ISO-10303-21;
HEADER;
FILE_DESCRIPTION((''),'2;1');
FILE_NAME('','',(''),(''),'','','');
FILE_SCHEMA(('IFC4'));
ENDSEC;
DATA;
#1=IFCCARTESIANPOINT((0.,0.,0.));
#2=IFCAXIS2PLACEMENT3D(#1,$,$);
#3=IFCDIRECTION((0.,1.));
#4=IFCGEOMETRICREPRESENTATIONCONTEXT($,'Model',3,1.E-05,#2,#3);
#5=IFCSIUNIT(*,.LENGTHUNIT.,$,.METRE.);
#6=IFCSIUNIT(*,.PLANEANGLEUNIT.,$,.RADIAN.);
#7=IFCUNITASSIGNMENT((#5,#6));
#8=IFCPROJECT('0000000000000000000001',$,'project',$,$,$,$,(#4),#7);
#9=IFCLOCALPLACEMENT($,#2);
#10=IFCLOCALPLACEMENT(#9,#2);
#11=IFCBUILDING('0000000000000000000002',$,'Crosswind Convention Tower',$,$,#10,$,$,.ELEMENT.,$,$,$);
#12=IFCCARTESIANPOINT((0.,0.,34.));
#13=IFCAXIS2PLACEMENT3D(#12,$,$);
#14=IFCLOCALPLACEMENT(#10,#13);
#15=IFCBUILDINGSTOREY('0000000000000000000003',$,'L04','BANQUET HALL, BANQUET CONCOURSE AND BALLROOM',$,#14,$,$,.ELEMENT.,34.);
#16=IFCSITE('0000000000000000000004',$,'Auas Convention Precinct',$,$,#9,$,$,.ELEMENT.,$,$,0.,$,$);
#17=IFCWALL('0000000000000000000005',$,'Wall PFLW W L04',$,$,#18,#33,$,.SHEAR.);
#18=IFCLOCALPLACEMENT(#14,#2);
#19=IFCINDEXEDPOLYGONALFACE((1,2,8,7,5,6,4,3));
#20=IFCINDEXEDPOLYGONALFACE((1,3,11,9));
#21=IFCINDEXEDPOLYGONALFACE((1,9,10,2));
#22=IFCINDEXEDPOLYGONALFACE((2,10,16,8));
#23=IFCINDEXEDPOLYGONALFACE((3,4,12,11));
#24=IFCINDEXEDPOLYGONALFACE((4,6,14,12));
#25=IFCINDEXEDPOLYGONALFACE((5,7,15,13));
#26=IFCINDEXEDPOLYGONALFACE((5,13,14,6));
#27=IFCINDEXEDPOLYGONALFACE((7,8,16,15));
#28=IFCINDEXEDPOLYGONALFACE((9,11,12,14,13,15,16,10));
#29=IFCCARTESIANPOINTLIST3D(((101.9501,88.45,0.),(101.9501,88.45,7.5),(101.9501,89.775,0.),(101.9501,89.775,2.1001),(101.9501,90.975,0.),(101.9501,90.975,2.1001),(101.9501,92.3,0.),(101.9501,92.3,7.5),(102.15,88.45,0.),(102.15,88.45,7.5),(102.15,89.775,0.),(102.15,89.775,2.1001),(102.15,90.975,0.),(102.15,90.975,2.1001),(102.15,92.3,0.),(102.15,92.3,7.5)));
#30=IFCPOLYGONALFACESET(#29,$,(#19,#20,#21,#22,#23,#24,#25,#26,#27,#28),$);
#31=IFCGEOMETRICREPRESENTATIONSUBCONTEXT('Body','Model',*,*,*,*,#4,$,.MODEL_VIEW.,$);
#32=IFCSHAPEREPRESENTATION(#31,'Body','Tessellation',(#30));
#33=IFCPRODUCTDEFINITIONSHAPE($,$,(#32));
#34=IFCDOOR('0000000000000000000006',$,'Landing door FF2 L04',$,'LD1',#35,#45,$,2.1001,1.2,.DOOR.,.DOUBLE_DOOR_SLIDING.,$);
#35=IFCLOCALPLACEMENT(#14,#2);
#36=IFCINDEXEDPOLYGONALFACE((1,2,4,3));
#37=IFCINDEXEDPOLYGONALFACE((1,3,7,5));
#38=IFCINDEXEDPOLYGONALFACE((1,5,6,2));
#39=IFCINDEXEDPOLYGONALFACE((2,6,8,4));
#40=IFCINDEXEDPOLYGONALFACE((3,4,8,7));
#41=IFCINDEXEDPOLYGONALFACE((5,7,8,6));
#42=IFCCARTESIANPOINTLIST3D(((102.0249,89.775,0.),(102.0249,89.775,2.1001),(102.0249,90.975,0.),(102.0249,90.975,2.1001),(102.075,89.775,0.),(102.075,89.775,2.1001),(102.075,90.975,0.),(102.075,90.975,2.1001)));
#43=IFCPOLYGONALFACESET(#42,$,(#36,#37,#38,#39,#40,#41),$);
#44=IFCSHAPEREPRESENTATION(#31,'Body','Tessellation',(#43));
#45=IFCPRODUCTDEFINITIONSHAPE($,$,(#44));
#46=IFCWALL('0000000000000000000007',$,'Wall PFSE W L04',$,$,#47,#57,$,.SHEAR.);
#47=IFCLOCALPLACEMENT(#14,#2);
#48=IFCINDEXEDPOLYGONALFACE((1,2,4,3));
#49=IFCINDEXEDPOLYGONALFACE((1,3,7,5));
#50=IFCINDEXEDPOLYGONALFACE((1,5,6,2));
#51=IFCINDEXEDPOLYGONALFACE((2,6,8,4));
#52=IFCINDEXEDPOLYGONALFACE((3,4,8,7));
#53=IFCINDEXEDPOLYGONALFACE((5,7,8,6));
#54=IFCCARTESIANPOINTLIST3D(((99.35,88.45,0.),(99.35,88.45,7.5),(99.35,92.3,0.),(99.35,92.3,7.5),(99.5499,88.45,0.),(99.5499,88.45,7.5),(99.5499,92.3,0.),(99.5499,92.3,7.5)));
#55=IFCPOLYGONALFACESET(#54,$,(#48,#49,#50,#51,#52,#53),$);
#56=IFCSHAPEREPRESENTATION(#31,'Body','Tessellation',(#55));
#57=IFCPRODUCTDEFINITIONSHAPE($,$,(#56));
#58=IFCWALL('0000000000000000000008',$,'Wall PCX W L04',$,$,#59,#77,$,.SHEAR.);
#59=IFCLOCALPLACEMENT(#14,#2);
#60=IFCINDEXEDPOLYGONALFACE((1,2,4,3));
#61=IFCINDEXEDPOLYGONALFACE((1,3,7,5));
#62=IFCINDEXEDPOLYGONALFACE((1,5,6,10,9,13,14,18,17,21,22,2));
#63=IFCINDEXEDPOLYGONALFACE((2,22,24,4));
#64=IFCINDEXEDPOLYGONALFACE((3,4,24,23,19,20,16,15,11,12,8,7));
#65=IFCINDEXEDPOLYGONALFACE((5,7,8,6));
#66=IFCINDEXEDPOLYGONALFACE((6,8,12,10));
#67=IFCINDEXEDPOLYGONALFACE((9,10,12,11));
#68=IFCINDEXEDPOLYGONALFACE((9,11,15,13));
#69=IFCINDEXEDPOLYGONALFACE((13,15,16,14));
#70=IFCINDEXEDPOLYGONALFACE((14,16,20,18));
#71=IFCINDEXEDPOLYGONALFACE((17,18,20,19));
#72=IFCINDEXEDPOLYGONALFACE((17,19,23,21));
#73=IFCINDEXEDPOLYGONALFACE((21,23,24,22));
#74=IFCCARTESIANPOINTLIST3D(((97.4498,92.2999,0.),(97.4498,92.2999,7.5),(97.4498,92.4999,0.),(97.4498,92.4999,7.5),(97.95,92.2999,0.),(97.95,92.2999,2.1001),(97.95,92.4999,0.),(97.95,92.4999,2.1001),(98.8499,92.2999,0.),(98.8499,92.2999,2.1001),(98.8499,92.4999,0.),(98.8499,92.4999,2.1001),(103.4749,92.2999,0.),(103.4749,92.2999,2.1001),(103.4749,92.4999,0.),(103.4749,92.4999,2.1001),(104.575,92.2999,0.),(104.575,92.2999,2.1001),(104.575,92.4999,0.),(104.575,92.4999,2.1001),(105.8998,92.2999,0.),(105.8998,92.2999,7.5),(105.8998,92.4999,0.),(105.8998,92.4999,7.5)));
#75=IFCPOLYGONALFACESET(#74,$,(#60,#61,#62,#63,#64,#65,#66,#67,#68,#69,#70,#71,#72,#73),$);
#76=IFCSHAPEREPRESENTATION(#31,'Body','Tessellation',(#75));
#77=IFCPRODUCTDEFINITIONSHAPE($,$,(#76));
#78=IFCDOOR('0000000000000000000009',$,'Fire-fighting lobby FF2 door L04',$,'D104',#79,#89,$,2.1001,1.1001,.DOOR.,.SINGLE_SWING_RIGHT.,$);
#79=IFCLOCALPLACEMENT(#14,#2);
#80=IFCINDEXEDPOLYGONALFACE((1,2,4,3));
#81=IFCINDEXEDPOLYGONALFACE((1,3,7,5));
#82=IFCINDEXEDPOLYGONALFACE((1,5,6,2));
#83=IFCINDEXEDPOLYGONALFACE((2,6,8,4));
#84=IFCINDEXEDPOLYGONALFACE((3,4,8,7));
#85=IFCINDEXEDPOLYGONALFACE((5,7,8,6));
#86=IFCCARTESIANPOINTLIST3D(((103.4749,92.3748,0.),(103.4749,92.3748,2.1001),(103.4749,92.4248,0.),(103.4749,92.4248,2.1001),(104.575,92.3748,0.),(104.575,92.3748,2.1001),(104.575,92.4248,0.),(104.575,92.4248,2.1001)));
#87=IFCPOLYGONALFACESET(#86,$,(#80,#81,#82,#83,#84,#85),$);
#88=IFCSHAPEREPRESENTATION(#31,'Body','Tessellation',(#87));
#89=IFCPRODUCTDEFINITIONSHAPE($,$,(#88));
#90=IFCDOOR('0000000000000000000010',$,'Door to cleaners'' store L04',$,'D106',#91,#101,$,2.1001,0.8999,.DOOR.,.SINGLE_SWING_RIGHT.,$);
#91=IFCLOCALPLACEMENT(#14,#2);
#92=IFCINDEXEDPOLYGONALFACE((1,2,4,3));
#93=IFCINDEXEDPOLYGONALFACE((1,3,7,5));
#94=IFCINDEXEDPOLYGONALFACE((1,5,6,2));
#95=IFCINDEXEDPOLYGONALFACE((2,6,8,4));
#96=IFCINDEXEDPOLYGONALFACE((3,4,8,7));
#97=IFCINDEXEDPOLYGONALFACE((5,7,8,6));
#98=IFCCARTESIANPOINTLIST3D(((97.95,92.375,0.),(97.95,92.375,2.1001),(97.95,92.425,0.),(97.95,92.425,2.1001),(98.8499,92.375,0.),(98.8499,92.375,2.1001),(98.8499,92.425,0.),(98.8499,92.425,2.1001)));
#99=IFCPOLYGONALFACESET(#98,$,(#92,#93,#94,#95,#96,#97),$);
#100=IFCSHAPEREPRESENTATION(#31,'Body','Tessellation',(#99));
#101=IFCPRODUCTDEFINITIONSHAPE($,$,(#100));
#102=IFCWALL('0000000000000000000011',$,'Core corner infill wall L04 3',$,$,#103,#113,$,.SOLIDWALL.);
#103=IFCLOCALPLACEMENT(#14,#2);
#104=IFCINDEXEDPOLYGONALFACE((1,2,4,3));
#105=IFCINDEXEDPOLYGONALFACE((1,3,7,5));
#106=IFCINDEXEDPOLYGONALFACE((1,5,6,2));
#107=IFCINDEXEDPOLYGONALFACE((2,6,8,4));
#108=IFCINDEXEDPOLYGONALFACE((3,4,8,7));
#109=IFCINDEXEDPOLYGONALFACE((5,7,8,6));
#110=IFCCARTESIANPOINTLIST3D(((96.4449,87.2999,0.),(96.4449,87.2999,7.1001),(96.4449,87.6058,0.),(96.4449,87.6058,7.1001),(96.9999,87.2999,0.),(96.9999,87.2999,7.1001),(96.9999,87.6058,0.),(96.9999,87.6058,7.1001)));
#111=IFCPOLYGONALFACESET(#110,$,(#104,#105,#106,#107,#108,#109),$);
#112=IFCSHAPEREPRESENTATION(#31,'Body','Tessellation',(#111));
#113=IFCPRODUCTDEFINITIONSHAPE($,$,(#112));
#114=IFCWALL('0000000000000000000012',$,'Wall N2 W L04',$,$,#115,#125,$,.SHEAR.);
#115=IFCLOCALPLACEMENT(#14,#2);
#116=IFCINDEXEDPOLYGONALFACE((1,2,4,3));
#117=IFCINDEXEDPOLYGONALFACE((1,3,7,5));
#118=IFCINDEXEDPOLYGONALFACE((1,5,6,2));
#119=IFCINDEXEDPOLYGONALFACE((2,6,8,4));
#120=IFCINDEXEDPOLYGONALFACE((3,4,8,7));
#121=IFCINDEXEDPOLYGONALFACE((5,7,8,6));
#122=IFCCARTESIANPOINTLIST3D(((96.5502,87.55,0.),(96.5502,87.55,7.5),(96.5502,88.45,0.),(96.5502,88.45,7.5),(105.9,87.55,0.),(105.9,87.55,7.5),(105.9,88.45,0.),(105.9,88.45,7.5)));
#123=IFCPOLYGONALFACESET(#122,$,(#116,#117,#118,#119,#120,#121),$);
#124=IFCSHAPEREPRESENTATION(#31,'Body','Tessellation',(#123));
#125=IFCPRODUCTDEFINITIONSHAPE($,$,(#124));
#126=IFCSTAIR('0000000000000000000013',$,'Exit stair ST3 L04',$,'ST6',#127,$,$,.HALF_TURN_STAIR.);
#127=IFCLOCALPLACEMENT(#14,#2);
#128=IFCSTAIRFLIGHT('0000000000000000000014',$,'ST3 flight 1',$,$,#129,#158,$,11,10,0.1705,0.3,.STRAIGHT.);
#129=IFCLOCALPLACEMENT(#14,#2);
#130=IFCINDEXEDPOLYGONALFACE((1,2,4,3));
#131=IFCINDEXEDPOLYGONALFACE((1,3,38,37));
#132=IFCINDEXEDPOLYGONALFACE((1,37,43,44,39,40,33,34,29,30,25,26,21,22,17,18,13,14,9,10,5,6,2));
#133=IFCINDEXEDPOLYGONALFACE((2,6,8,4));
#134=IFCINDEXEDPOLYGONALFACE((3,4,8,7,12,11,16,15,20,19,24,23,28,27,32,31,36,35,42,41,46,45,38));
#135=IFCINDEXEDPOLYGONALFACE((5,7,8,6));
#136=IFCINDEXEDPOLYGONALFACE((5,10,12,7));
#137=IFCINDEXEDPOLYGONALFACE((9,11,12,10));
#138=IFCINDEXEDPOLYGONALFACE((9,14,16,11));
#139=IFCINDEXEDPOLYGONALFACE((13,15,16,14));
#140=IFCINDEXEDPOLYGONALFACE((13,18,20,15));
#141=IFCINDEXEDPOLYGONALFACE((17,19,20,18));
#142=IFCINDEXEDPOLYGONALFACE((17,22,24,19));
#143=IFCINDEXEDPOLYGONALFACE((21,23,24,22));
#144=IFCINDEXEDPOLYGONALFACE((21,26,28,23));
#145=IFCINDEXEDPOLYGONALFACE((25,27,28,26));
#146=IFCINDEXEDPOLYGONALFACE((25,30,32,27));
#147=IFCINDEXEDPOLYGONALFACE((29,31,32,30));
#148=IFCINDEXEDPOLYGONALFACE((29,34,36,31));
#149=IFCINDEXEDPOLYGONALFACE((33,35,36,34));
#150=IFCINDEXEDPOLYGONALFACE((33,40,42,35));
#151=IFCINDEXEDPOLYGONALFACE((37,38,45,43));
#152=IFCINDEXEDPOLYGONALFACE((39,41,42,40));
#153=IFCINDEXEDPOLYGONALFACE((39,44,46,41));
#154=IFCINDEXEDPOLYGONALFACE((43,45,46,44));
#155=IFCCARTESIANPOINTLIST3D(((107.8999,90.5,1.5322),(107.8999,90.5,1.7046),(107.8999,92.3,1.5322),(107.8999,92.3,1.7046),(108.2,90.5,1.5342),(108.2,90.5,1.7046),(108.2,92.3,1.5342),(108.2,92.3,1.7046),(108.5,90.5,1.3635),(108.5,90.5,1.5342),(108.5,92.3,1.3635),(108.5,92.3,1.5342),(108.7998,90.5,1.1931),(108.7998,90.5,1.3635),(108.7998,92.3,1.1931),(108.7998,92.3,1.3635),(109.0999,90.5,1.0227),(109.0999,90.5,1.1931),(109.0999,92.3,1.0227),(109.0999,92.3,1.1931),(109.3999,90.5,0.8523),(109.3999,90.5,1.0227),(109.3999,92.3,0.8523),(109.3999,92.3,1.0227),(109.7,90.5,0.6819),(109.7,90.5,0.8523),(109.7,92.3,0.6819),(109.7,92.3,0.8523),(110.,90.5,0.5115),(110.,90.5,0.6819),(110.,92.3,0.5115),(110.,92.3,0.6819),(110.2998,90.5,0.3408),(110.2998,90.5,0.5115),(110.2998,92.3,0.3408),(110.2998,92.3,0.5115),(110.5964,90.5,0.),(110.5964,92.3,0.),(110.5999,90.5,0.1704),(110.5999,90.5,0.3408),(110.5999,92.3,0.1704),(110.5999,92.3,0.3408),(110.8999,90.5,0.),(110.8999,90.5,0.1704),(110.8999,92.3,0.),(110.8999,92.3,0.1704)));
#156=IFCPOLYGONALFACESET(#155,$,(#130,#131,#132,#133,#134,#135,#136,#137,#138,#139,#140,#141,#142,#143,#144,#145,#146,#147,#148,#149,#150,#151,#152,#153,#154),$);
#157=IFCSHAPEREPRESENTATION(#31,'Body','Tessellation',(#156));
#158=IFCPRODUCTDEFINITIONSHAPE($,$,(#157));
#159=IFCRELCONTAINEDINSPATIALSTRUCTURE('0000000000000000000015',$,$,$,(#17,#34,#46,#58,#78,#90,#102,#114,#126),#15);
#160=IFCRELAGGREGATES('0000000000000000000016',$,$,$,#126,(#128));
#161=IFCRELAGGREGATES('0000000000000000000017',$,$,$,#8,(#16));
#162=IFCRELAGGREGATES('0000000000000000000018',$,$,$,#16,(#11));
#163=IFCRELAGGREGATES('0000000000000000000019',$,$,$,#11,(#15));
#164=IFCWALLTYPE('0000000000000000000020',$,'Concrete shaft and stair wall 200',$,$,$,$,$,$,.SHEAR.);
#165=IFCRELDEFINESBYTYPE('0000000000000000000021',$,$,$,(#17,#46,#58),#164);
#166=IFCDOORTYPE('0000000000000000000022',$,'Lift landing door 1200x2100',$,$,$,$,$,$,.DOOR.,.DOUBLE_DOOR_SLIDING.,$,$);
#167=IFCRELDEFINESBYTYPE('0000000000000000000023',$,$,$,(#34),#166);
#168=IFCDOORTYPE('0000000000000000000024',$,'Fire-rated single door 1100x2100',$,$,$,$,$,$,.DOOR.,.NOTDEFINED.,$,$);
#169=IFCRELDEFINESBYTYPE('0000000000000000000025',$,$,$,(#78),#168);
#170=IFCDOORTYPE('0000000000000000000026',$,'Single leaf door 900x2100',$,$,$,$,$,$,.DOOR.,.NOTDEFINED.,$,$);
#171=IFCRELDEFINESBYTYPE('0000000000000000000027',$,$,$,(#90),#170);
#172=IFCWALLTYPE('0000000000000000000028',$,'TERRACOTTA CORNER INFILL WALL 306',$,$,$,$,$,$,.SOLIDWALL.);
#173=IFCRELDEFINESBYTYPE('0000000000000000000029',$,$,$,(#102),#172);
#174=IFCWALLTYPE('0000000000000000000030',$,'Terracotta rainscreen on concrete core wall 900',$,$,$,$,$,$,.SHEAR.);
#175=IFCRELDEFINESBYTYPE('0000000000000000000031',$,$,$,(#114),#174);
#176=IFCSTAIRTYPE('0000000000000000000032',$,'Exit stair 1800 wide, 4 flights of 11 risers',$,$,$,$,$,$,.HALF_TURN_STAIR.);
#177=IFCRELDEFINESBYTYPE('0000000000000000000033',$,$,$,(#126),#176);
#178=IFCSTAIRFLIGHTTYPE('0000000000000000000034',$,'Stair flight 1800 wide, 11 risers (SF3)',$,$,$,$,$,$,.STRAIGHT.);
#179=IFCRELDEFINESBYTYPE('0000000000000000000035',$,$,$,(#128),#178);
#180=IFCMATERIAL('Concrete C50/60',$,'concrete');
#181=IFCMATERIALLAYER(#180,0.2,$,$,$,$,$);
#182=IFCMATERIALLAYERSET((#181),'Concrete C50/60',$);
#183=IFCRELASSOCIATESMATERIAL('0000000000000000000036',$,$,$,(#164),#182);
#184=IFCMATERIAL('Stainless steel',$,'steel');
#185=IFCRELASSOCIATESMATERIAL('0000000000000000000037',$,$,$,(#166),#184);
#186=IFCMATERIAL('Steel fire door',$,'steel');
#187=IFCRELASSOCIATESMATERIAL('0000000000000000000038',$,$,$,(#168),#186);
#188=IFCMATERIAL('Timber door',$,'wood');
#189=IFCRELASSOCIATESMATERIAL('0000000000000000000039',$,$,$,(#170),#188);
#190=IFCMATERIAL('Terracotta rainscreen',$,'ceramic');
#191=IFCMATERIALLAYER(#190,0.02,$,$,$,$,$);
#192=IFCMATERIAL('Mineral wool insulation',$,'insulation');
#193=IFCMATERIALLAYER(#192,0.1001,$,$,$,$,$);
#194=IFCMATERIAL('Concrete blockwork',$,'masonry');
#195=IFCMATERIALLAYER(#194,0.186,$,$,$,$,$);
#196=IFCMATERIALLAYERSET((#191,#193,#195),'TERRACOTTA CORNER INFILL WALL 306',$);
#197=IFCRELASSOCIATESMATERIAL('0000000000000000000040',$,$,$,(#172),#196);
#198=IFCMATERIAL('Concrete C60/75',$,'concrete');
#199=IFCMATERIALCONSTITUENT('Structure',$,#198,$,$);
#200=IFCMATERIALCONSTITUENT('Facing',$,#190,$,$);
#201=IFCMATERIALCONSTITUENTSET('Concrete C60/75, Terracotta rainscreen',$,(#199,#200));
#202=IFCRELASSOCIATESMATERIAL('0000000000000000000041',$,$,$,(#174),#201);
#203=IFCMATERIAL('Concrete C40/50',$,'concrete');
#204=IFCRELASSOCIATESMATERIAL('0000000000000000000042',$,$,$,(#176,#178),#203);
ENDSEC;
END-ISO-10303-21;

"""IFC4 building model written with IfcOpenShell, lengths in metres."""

from ifc_helpers import new_model, si_unit, direction, frame, frame_2d, origin, place, context, subcontext, project, spatial, polyline, rectangle, outline, extrude, material, layer, layer_set, constituent, constituent_set, type_object, element, fill, aggregate, save


model = new_model("IFC4")

# Units and contexts
model_context = context("Model", 3, precision=1e-05, world=origin(), true_north=direction((0.0, 1.0)))
body_context = subcontext(model_context, "Body", "Model", "MODEL_VIEW")
ifc_project = project(units=[si_unit("LENGTHUNIT", "METRE"), si_unit("PLANEANGLEUNIT", "RADIAN")], contexts=[model_context])

# Site, building, storey
site_placement = place(None, origin())
site = spatial("IfcSite", under=ifc_project, at=site_placement, Name="Auas Convention Precinct", CompositionType="ELEMENT", RefElevation=0.0)
building_placement = place(site_placement, origin())
building = spatial("IfcBuilding", under=site, at=building_placement, Name="Crosswind Convention Tower", CompositionType="ELEMENT")
storey_placement = place(building_placement, frame((0.0, 0.0, 34.0)))
storey = spatial("IfcBuildingStorey", under=building, at=storey_placement, Name="L04", Description="BANQUET HALL, BANQUET CONCOURSE AND BALLROOM", CompositionType="ELEMENT", Elevation=34.0)

# Shared definitions
ifc_material_1 = material(Name="Concrete C50/60", Category="concrete")
ifc_layer_1 = layer(ifc_material_1, 0.2)
ifc_layer_set_1 = layer_set([ifc_layer_1], Name="Concrete C50/60")
wall_type_1 = type_object("IfcWallType", Name="Concrete shaft and stair wall 200", PredefinedType="SHEAR", material=ifc_layer_set_1)

# Wall, opening, door
wall_1_placement = place(storey_placement, frame((102.05, 92.3, 0.0), z_axis=(0.0, 0.0, 1.0), x_axis=(0.0, -1.0, 0.0)))
wall_1 = element("IfcWall", 1, at=wall_1_placement, inside=storey, type_object=wall_type_1, Name="Wall PFLW W L04", PredefinedType="SHEAR", context=body_context, shape_type="SweptSolid", body=[
    extrude(rectangle(XDim=3.8501, YDim=0.2, at=frame_2d((1.925, 0.0))), origin(), (0.0, 0.0, 1.0), 7.5),
])
opening_1_placement = place(wall_1_placement, frame((1.325, 0.0, 0.0)))
opening_1 = element("IfcOpeningElement", 2, at=opening_1_placement, cuts=wall_1, PredefinedType="OPENING", context=body_context, shape_type="SweptSolid", body=[
    extrude(rectangle(XDim=1.2, YDim=2.1001, at=frame_2d((0.6001, 1.05))), frame((0.0, 0.1099, 0.0), z_axis=(0.0, -1.0, 0.0), x_axis=(1.0, 0.0, 0.0)), (0.0, 0.0, 1.0), 0.22),
])
ifc_material_2 = material(Name="Stainless steel", Category="steel")
door_type_1 = type_object("IfcDoorType", Name="Lift landing door 1200x2100", OperationType="DOUBLE_DOOR_SLIDING", PredefinedType="DOOR", material=ifc_material_2)
door_1_placement = place(opening_1_placement, origin())
door_1 = element("IfcDoor", 3, at=door_1_placement, inside=storey, type_object=door_type_1, Name="Landing door FF2 L04", ObjectType="LD1", OperationType="DOUBLE_DOOR_SLIDING", OverallHeight=2.1001, OverallWidth=1.2, PredefinedType="DOOR", context=body_context, shape_type="SweptSolid", body=[
    extrude(rectangle(XDim=1.2, YDim=2.1001, at=frame_2d((0.6001, 1.05))), frame((0.0, 0.0249, 0.0), z_axis=(0.0, -1.0, 0.0), x_axis=(1.0, 0.0, 0.0)), (0.0, 0.0, 1.0), 0.05),
])
fill(opening_1, door_1)

# Wall
wall_2_placement = place(storey_placement, frame((99.45, 92.3, 0.0), z_axis=(0.0, 0.0, 1.0), x_axis=(0.0, -1.0, 0.0)))
element("IfcWall", 4, at=wall_2_placement, inside=storey, type_object=wall_type_1, Name="Wall PFSE W L04", PredefinedType="SHEAR", context=body_context, shape_type="SweptSolid", body=[
    extrude(rectangle(XDim=3.8501, YDim=0.2, at=frame_2d((1.925, 0.0))), origin(), (0.0, 0.0, 1.0), 7.5),
])

# Wall, openings, doors
wall_3_placement = place(storey_placement, frame((105.8999, 92.3999, 0.0), z_axis=(0.0, 0.0, 1.0), x_axis=(-1.0, 0.0, 0.0)))
wall_3 = element("IfcWall", 5, at=wall_3_placement, inside=storey, type_object=wall_type_1, Name="Wall PCX W L04", PredefinedType="SHEAR", context=body_context, shape_type="SweptSolid", body=[
    extrude(rectangle(XDim=8.45, YDim=0.2, at=frame_2d((4.2251, 0.0))), origin(), (0.0, 0.0, 1.0), 7.5),
])
opening_2_placement = place(wall_3_placement, frame((1.325, 0.0, 0.0)))
opening_2 = element("IfcOpeningElement", 6, at=opening_2_placement, cuts=wall_3, PredefinedType="OPENING", context=body_context, shape_type="SweptSolid", body=[
    extrude(rectangle(XDim=1.1001, YDim=2.1001, at=frame_2d((0.55, 1.05))), frame((0.0, 0.1099, 0.0), z_axis=(0.0, -1.0, 0.0), x_axis=(1.0, 0.0, 0.0)), (0.0, 0.0, 1.0), 0.22),
])
opening_3_placement = place(wall_3_placement, frame((7.05, 0.0, 0.0)))
opening_3 = element("IfcOpeningElement", 7, at=opening_3_placement, cuts=wall_3, PredefinedType="OPENING", context=body_context, shape_type="SweptSolid", body=[
    extrude(rectangle(XDim=0.8999, YDim=2.1001, at=frame_2d((0.45, 1.05))), frame((0.0, 0.1099, 0.0), z_axis=(0.0, -1.0, 0.0), x_axis=(1.0, 0.0, 0.0)), (0.0, 0.0, 1.0), 0.22),
])
ifc_material_3 = material(Name="Steel fire door", Category="steel")
door_type_2 = type_object("IfcDoorType", Name="Fire-rated single door 1100x2100", OperationType="NOTDEFINED", PredefinedType="DOOR", material=ifc_material_3)
door_2_placement = place(opening_2_placement, frame((1.1001, 0.0, 0.0), z_axis=(0.0, 0.0, 1.0), x_axis=(-1.0, 0.0, 0.0)))
door_2 = element("IfcDoor", 8, at=door_2_placement, inside=storey, type_object=door_type_2, Name="Fire-fighting lobby FF2 door L04", ObjectType="D104", OperationType="SINGLE_SWING_RIGHT", OverallHeight=2.1001, OverallWidth=1.1001, PredefinedType="DOOR", context=body_context, shape_type="SweptSolid", body=[
    extrude(rectangle(XDim=1.1001, YDim=2.1001, at=frame_2d((0.55, 1.05))), frame((0.0, 0.0249, 0.0), z_axis=(0.0, -1.0, 0.0), x_axis=(1.0, 0.0, 0.0)), (0.0, 0.0, 1.0), 0.05),
])
fill(opening_2, door_2)
ifc_material_4 = material(Name="Timber door", Category="wood")
door_type_3 = type_object("IfcDoorType", Name="Single leaf door 900x2100", OperationType="NOTDEFINED", PredefinedType="DOOR", material=ifc_material_4)
door_3_placement = place(opening_3_placement, origin())
door_3 = element("IfcDoor", 9, at=door_3_placement, inside=storey, type_object=door_type_3, Name="Door to cleaners' store L04", ObjectType="D106", OperationType="SINGLE_SWING_RIGHT", OverallHeight=2.1001, OverallWidth=0.8999, PredefinedType="DOOR", context=body_context, shape_type="SweptSolid", body=[
    extrude(rectangle(XDim=0.8999, YDim=2.1001, at=frame_2d((0.45, 1.05))), frame((0.0, 0.0249, 0.0), z_axis=(0.0, -1.0, 0.0), x_axis=(1.0, 0.0, 0.0)), (0.0, 0.0, 1.0), 0.05),
])
fill(opening_3, door_3)

# Walls
ifc_material_5 = material(Name="Terracotta rainscreen", Category="ceramic")
ifc_layer_2 = layer(ifc_material_5, 0.02)
ifc_material_6 = material(Name="Mineral wool insulation", Category="insulation")
ifc_layer_3 = layer(ifc_material_6, 0.1001)
ifc_material_7 = material(Name="Concrete blockwork", Category="masonry")
ifc_layer_4 = layer(ifc_material_7, 0.186)
ifc_layer_set_2 = layer_set([ifc_layer_2, ifc_layer_3, ifc_layer_4], Name="TERRACOTTA CORNER INFILL WALL 306")
wall_type_2 = type_object("IfcWallType", Name="TERRACOTTA CORNER INFILL WALL 306", PredefinedType="SOLIDWALL", material=ifc_layer_set_2)
wall_4_placement = place(storey_placement, frame((96.4451, 87.4529, 0.0), z_axis=(0.0, 0.0, 1.0), x_axis=(1.0, 0.0, 0.0)))
element("IfcWall", 10, at=wall_4_placement, inside=storey, type_object=wall_type_2, Name="Core corner infill wall L04 3", PredefinedType="SOLIDWALL", context=body_context, shape_type="SweptSolid", body=[
    extrude(rectangle(XDim=0.5549, YDim=0.3059, at=frame_2d((0.2773, 0.0))), origin(), (0.0, 0.0, 1.0), 7.1001),
])
ifc_material_8 = material(Name="Concrete C60/75", Category="concrete")
ifc_constituent_1 = constituent(ifc_material_8, Name="Structure")
ifc_constituent_2 = constituent(ifc_material_5, Name="Facing")
ifc_constituent_set = constituent_set(constituents=[ifc_constituent_1, ifc_constituent_2], Name="Concrete C60/75, Terracotta rainscreen")
wall_type_3 = type_object("IfcWallType", Name="Terracotta rainscreen on concrete core wall 900", PredefinedType="SHEAR", material=ifc_constituent_set)
wall_5_placement = place(storey_placement, frame((105.8999, 88.0, 0.0), z_axis=(0.0, 0.0, 1.0), x_axis=(-1.0, 0.0, 0.0)))
element("IfcWall", 11, at=wall_5_placement, inside=storey, type_object=wall_type_3, Name="Wall N2 W L04", PredefinedType="SHEAR", context=body_context, shape_type="SweptSolid", body=[
    extrude(rectangle(XDim=9.3499, YDim=0.8999, at=frame_2d((4.6748, 0.0))), origin(), (0.0, 0.0, 1.0), 7.5),
])

# Stair, stair flight
ifc_material_9 = material(Name="Concrete C40/50", Category="concrete")
stair_type = type_object("IfcStairType", Name="Exit stair 1800 wide, 4 flights of 11 risers", PredefinedType="HALF_TURN_STAIR", material=ifc_material_9)
stair_placement = place(storey_placement, origin())
stair = element("IfcStair", 12, at=stair_placement, inside=storey, type_object=stair_type, Name="Exit stair ST3 L04", ObjectType="ST6", PredefinedType="HALF_TURN_STAIR")
stair_flight_type = type_object("IfcStairFlightType", Name="Stair flight 1800 wide, 11 risers (SF3)", PredefinedType="STRAIGHT", material=ifc_material_9)
stair_flight_1_placement = place(storey_placement, frame((110.8999, 91.3999, 0.0), z_axis=(0.0, 0.0, 1.0), x_axis=(-1.0, 0.0, 0.0)))
stair_flight_1 = element("IfcStairFlight", 13, at=stair_flight_1_placement, type_object=stair_flight_type, Name="ST3 flight 1", NumberOfRisers=11, NumberOfTreads=10, PredefinedType="STRAIGHT", RiserHeight=0.1705, TreadLength=0.3, context=body_context, shape_type="SweptSolid", body=[
    extrude(outline(polyline([(0.0, 0.0), (0.0, 0.1704), (0.3, 0.1704), (0.3, 0.3408), (0.6001, 0.3408), (0.6001, 0.5115), (0.8999, 0.5115), (0.8999, 0.6819), (1.2, 0.6819), (1.2, 0.8523), (1.5, 0.8523), (1.5, 1.0227), (1.8, 1.0227), (1.8, 1.1931), (2.1001, 1.1931), (2.1001, 1.3635), (2.3999, 1.3635), (2.3999, 1.5342), (2.7, 1.5342), (2.7, 1.7046), (3.0, 1.7046), (3.0, 1.875), (3.0, 1.5322), (0.3035, 0.0), (0.0, 0.0)])), frame((0.0, 0.8999, 0.0), z_axis=(0.0, -1.0, 0.0), x_axis=(1.0, 0.0, 0.0)), (0.0, 0.0, 1.0), 1.8),
])
aggregate(stair, [stair_flight_1])

save(model, "model.ifc")
